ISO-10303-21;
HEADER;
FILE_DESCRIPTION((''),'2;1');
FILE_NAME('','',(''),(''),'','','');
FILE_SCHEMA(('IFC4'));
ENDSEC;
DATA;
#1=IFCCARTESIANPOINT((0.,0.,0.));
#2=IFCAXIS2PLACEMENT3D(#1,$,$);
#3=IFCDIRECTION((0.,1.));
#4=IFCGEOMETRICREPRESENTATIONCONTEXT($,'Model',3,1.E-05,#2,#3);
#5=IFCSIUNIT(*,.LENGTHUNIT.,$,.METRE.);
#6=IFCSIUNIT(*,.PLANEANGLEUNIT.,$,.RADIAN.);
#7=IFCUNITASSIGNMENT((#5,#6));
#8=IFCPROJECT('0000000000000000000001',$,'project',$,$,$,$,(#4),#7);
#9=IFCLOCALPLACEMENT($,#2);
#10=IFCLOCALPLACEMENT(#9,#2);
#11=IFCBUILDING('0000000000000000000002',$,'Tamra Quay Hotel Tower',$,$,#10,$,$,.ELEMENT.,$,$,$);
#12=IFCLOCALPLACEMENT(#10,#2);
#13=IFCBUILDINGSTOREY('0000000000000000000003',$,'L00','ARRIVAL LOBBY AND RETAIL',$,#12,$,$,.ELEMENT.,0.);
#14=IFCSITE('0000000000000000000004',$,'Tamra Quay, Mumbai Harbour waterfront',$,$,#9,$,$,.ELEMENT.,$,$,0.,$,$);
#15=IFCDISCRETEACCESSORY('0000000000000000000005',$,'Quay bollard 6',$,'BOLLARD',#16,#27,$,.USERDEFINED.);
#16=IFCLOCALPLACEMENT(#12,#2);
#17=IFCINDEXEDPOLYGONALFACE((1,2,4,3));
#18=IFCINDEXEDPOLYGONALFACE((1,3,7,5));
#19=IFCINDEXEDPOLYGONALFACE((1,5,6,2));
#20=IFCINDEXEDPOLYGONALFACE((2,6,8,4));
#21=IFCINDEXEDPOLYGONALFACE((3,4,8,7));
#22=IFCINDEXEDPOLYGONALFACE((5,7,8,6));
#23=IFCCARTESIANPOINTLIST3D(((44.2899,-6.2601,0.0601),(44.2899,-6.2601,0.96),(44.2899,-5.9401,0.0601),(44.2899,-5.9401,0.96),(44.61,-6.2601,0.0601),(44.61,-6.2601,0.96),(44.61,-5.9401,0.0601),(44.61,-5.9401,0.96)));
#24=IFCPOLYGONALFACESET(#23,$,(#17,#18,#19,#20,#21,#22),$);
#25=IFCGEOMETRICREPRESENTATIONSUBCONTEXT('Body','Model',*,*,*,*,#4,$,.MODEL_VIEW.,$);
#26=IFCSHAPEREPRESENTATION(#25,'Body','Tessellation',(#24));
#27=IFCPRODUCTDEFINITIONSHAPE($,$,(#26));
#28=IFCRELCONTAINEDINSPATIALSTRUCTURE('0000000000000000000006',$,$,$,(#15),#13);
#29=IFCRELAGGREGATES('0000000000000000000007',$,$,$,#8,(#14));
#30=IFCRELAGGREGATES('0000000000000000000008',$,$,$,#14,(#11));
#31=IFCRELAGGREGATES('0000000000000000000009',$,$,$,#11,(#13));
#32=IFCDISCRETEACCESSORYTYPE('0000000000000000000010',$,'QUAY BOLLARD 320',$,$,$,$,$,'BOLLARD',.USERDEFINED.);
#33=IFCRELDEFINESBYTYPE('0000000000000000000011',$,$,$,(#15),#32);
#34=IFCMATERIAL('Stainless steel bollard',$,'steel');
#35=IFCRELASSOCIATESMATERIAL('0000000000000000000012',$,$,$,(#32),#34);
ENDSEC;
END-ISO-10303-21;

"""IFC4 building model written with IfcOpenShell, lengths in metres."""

from ifc_helpers import new_model, si_unit, direction, frame, origin, origin_2d, place, context, subcontext, project, spatial, rectangle, extrude, material, type_object, element, save


model = new_model("IFC4")

# Units and contexts
model_context = context("Model", 3, precision=1e-05, world=origin(), true_north=direction((0.0, 1.0)))
body_context = subcontext(model_context, "Body", "Model", "MODEL_VIEW")
ifc_project = project(units=[si_unit("LENGTHUNIT", "METRE"), si_unit("PLANEANGLEUNIT", "RADIAN")], contexts=[model_context])

# Site, building, storey
site_placement = place(None, origin())
site = spatial("IfcSite", under=ifc_project, at=site_placement, Name="Tamra Quay, Mumbai Harbour waterfront", CompositionType="ELEMENT", RefElevation=0.0)
building_placement = place(site_placement, origin())
building = spatial("IfcBuilding", under=site, at=building_placement, Name="Tamra Quay Hotel Tower", CompositionType="ELEMENT")
storey_placement = place(building_placement, origin())
storey = spatial("IfcBuildingStorey", under=building, at=storey_placement, Name="L00", Description="ARRIVAL LOBBY AND RETAIL", CompositionType="ELEMENT", Elevation=0.0)

# Discrete accessory
ifc_material_1 = material(Name="Stainless steel bollard", Category="steel")
discrete_accessory_type_1 = type_object("IfcDiscreteAccessoryType", Name="QUAY BOLLARD 320", ElementType="BOLLARD", PredefinedType="USERDEFINED", material=ifc_material_1)
discrete_accessory_1_placement = place(storey_placement, frame((44.45, -6.1001, 0.0601), z_axis=(0.0, 0.0, 1.0), x_axis=(1.0, 0.0, 0.0)))
element("IfcDiscreteAccessory", 1, at=discrete_accessory_1_placement, inside=storey, type_object=discrete_accessory_type_1, Name="Quay bollard 6", ObjectType="BOLLARD", PredefinedType="USERDEFINED", context=body_context, shape_type="SweptSolid", body=[
    extrude(rectangle(XDim=0.3201, YDim=0.3201, at=origin_2d()), origin(), (0.0, 0.0, 1.0), 0.8999),
])

save(model, "model.ifc")
